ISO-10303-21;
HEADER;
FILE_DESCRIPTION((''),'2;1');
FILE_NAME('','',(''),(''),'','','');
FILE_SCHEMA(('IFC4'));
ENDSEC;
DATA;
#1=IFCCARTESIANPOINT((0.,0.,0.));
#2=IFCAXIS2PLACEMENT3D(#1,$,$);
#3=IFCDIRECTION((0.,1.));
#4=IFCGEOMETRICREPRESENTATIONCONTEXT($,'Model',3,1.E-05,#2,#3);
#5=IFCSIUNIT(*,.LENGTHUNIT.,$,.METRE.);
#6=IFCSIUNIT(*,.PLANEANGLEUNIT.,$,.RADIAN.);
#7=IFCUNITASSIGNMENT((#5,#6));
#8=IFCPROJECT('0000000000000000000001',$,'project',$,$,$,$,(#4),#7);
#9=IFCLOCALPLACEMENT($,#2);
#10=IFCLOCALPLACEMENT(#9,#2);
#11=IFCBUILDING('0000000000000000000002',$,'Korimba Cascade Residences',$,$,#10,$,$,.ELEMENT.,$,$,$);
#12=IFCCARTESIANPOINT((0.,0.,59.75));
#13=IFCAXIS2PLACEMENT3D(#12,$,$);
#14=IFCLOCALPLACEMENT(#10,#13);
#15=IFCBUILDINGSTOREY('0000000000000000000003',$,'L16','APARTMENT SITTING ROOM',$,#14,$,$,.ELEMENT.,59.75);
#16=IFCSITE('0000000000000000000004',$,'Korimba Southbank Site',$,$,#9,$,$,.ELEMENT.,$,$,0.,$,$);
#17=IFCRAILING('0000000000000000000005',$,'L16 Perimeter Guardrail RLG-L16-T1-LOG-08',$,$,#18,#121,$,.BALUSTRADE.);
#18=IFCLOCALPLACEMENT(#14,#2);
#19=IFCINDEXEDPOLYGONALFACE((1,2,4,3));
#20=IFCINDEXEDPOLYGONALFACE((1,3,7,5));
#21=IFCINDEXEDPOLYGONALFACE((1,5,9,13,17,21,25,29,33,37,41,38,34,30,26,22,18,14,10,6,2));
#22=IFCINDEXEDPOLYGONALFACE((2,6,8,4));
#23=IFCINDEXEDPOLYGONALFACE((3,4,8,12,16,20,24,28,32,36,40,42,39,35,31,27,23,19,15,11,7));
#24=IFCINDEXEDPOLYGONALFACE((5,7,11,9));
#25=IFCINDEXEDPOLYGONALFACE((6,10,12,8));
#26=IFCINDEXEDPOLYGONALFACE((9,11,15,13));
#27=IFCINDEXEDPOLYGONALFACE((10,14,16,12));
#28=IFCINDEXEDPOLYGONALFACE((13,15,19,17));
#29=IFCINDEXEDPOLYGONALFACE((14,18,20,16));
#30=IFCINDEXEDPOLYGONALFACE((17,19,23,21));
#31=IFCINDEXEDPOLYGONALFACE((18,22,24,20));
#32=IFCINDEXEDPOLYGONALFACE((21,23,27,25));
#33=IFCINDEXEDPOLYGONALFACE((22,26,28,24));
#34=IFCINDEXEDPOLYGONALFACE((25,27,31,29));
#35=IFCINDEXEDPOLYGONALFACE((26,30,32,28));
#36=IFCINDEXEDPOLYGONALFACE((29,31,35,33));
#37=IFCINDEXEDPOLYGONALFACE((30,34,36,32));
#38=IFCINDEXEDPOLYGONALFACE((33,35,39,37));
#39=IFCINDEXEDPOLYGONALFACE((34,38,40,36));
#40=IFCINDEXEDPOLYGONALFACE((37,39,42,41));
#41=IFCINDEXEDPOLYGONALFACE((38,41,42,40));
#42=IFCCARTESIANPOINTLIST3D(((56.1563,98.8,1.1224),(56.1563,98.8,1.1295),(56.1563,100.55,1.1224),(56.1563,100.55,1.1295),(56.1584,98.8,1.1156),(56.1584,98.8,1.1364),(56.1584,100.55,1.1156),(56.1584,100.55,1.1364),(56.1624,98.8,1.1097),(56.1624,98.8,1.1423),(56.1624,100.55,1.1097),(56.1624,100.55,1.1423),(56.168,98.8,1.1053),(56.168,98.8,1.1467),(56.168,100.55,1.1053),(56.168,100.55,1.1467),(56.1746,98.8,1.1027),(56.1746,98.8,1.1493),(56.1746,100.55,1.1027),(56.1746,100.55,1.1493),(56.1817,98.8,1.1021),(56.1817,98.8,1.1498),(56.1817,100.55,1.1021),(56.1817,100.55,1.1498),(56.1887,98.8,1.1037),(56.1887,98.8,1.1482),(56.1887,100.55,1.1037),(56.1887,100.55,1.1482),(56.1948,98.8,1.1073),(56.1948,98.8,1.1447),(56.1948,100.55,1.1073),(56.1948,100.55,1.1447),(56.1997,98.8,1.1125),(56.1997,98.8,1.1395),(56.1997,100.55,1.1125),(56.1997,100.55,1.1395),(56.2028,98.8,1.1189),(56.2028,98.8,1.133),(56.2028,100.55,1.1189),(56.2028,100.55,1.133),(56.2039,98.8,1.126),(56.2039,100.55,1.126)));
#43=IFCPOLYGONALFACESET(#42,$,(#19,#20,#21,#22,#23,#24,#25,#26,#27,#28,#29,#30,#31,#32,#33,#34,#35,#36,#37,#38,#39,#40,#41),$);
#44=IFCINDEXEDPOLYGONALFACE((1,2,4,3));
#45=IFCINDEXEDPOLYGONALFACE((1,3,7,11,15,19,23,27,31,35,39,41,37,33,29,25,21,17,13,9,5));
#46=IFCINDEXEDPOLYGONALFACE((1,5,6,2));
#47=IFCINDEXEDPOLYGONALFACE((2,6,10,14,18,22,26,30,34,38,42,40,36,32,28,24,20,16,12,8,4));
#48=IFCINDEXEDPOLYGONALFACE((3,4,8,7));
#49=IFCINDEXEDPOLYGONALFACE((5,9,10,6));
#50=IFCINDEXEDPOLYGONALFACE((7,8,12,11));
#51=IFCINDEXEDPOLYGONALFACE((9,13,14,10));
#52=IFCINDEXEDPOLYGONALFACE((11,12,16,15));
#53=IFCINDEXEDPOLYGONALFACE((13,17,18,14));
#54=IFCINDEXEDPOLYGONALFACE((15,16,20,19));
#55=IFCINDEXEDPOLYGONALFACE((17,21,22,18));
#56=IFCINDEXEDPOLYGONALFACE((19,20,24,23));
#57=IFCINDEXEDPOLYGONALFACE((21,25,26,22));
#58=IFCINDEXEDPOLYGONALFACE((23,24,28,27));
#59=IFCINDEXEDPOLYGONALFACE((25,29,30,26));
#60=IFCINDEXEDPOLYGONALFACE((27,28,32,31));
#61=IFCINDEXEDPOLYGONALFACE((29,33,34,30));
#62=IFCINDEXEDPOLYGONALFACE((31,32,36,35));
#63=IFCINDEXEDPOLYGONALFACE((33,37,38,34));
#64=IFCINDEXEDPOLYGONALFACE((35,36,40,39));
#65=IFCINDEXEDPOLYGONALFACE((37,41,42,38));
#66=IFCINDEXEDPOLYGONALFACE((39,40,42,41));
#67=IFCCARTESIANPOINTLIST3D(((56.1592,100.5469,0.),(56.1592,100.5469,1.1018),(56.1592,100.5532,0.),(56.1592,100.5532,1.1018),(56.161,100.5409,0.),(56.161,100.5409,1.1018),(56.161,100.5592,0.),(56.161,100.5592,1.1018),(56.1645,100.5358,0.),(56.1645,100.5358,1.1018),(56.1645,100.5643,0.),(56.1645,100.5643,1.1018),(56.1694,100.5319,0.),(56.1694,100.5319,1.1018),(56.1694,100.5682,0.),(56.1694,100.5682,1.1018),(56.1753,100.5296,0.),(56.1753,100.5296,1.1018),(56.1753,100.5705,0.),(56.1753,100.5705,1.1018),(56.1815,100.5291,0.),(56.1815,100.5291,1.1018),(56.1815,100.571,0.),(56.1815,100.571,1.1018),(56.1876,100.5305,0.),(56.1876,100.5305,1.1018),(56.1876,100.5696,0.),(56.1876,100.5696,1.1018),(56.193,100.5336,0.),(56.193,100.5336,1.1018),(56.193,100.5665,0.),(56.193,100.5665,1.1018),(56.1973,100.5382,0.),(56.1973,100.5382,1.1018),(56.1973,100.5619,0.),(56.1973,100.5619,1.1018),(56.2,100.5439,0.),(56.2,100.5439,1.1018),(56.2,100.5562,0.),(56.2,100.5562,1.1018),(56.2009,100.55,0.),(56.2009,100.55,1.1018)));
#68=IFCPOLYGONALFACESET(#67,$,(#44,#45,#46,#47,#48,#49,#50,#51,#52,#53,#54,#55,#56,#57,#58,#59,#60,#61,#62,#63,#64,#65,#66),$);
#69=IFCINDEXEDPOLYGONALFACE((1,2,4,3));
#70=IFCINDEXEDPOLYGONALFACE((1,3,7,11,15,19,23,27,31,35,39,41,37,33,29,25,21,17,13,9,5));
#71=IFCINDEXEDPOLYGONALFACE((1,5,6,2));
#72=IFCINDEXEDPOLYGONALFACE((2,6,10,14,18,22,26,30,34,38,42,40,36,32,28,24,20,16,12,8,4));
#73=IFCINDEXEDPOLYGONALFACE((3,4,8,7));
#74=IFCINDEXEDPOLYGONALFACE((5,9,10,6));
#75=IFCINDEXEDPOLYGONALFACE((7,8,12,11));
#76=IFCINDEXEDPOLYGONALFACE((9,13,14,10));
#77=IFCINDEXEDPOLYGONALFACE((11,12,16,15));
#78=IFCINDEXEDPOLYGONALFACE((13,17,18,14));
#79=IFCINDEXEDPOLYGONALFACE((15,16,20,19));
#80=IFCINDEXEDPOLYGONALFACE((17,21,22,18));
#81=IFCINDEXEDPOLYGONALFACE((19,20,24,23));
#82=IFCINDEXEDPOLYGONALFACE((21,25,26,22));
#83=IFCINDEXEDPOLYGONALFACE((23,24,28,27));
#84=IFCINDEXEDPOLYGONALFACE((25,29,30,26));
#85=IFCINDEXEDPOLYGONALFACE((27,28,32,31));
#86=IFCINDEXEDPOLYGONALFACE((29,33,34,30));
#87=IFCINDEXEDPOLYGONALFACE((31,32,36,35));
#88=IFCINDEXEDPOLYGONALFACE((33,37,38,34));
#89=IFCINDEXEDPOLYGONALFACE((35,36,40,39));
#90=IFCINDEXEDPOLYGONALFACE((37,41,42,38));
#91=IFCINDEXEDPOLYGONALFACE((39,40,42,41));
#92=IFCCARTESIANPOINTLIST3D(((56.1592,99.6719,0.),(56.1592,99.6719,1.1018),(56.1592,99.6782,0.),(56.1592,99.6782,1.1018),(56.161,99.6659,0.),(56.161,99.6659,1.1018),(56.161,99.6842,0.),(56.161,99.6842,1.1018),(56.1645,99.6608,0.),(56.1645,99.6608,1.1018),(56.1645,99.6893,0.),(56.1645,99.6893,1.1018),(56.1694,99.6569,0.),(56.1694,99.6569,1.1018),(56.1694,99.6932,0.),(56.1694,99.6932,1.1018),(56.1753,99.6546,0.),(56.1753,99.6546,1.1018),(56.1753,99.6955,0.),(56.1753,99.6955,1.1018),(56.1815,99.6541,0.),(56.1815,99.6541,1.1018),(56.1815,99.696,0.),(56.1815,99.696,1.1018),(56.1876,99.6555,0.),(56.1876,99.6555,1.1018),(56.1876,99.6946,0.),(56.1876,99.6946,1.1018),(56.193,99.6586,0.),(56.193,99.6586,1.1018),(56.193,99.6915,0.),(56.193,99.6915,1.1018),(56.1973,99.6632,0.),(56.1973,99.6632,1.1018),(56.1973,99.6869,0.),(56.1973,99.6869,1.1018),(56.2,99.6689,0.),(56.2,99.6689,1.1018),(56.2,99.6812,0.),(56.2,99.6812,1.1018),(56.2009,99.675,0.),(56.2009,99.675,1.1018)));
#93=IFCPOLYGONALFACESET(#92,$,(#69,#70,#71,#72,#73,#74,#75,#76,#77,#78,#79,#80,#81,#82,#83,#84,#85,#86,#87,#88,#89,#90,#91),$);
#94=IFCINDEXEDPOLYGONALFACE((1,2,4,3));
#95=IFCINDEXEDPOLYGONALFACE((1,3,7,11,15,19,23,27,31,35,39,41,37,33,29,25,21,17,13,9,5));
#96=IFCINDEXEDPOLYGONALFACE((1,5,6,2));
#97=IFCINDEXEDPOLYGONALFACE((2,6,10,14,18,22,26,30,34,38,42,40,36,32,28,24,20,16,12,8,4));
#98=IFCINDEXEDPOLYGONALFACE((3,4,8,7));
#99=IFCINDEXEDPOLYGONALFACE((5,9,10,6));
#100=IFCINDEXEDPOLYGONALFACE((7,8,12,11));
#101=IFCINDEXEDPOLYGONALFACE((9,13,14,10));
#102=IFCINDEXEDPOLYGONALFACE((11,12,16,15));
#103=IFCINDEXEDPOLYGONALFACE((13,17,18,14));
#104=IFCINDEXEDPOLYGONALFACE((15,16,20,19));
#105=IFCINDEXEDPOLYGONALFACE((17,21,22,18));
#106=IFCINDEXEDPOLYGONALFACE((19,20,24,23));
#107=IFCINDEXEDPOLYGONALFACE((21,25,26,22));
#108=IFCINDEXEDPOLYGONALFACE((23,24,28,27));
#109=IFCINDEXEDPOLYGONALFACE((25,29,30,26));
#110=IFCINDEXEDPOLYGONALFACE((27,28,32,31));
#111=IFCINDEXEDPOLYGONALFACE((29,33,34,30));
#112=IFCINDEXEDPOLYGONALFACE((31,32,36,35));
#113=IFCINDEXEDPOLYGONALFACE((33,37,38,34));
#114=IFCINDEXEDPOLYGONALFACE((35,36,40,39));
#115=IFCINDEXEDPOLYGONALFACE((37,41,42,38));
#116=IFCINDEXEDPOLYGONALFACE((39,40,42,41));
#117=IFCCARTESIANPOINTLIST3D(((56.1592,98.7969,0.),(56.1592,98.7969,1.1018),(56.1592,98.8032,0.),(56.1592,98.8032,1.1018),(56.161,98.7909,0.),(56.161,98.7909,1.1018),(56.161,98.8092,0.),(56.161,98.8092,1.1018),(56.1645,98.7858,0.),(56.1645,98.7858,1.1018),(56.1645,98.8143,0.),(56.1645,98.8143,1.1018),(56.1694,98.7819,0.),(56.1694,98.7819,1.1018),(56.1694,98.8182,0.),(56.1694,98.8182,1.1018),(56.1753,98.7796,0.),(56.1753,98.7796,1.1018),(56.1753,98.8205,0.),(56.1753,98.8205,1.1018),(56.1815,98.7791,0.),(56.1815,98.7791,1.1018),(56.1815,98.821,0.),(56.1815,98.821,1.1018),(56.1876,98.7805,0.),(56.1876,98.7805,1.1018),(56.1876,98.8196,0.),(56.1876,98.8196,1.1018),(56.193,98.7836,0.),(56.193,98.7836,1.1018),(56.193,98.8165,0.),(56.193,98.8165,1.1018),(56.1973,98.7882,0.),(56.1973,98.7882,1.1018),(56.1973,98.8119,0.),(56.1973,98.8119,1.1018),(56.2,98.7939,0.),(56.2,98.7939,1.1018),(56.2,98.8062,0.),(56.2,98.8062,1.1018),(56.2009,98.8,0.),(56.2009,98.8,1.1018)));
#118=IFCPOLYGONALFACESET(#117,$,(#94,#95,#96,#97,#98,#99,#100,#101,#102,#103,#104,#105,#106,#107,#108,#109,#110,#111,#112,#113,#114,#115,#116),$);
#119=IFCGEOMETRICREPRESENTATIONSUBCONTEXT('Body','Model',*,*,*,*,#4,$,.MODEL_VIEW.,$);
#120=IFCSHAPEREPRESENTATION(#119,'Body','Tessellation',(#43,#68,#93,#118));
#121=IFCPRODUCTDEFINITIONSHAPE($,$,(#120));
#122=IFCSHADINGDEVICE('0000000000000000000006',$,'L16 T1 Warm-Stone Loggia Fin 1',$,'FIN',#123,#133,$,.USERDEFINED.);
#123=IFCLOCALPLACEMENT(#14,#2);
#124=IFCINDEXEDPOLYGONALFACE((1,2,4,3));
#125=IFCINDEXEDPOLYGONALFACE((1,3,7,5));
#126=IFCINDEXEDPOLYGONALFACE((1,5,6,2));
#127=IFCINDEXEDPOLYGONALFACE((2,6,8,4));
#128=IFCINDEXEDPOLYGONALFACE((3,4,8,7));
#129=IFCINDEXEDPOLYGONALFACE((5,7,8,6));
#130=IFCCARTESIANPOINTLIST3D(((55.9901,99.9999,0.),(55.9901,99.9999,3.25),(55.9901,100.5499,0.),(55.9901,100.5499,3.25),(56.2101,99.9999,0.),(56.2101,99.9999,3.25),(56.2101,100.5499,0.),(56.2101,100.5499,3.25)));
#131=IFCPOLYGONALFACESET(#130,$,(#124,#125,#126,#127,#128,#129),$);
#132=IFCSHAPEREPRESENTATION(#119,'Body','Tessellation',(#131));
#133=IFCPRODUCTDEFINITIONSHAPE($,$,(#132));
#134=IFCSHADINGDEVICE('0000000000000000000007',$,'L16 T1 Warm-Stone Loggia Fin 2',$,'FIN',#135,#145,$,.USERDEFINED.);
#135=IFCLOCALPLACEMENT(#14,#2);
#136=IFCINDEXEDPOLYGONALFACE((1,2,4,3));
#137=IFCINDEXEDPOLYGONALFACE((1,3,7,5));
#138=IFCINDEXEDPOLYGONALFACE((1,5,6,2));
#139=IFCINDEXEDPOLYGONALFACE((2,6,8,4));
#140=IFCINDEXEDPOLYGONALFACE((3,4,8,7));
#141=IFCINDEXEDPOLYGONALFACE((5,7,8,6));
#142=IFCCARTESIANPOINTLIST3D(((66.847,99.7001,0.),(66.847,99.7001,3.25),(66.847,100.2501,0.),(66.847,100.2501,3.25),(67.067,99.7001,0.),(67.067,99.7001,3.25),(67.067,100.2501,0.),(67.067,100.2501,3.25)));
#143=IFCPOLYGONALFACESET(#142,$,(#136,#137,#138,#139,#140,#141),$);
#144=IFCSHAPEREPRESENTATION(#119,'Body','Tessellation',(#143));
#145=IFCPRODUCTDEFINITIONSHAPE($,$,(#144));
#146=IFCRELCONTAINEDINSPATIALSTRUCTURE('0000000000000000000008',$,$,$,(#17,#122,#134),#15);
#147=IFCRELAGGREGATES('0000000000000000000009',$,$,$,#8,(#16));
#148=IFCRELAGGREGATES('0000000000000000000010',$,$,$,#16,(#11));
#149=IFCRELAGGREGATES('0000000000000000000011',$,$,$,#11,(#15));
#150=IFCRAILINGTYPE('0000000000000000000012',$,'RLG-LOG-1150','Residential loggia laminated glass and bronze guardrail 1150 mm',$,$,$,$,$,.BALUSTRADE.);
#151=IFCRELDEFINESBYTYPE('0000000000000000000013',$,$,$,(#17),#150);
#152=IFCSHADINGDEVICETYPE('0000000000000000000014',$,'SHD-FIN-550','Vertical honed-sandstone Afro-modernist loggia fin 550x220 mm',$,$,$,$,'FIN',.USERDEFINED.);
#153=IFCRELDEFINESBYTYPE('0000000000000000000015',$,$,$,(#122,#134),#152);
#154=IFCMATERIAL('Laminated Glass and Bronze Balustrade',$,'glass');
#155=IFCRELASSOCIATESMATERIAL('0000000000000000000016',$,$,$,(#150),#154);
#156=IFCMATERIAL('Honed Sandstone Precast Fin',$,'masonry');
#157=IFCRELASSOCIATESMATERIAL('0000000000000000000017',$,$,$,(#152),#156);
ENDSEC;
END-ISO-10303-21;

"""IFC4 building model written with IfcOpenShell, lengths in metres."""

from ifc_helpers import new_model, si_unit, direction, frame, origin, origin_2d, place, context, subcontext, project, spatial, rectangle, circle, extrude, material, type_object, element, save


model = new_model("IFC4")

# Units and contexts
model_context = context("Model", 3, precision=1e-05, world=origin(), true_north=direction((0.0, 1.0)))
body_context = subcontext(model_context, "Body", "Model", "MODEL_VIEW")
ifc_project = project(units=[si_unit("LENGTHUNIT", "METRE"), si_unit("PLANEANGLEUNIT", "RADIAN")], contexts=[model_context])

# Site, building, storey
site_placement = place(None, origin())
site = spatial("IfcSite", under=ifc_project, at=site_placement, Name="Korimba Southbank Site", CompositionType="ELEMENT", RefElevation=0.0)
building_placement = place(site_placement, origin())
building = spatial("IfcBuilding", under=site, at=building_placement, Name="Korimba Cascade Residences", CompositionType="ELEMENT")
storey_placement = place(building_placement, frame((0.0, 0.0, 59.75)))
storey = spatial("IfcBuildingStorey", under=building, at=storey_placement, Name="L16", Description="APARTMENT SITTING ROOM", CompositionType="ELEMENT", Elevation=59.75)

# Railing
ifc_material_1 = material(Name="Laminated Glass and Bronze Balustrade", Category="glass")
railing_type = type_object("IfcRailingType", Name="RLG-LOG-1150", Description="Residential loggia laminated glass and bronze guardrail 1150 mm", PredefinedType="BALUSTRADE", material=ifc_material_1)
railing_1_placement = place(storey_placement, frame((56.1799, 100.55, 0.0)))
element("IfcRailing", 1, at=railing_1_placement, inside=storey, type_object=railing_type, Name="L16 Perimeter Guardrail RLG-L16-T1-LOG-08", PredefinedType="BALUSTRADE", context=body_context, shape_type="SweptSolid", body=[
    extrude(circle(Radius=0.0239, at=origin_2d()), frame((0.0, 0.0, 1.126), z_axis=(0.0, -1.0, 0.0), x_axis=(1.0, 0.0, 0.0)), (0.0, 0.0, 1.0), 1.75),
    extrude(circle(Radius=0.021, at=origin_2d()), origin(), (0.0, 0.0, 1.0), 1.1018),
    extrude(circle(Radius=0.021, at=origin_2d()), frame((0.0, -0.875, 0.0)), (0.0, 0.0, 1.0), 1.1018),
    extrude(circle(Radius=0.021, at=origin_2d()), frame((0.0, -1.75, 0.0)), (0.0, 0.0, 1.0), 1.1018),
])

# Shading devices
ifc_material_2 = material(Name="Honed Sandstone Precast Fin", Category="masonry")
shading_device_type = type_object("IfcShadingDeviceType", Name="SHD-FIN-550", Description="Vertical honed-sandstone Afro-modernist loggia fin 550x220 mm", ElementType="FIN", PredefinedType="USERDEFINED", material=ifc_material_2)
for number, where, z_axis, x_axis, name in (
    (2, (56.1001, 100.2749, 0.0), (0.0, 0.0, 1.0), (1.0, 0.0, 0.0), "L16 T1 Warm-Stone Loggia Fin 1"),
    (3, (66.957, 99.9751, 0.0), (0.0, 0.0, 1.0), (1.0, 0.0, 0.0), "L16 T1 Warm-Stone Loggia Fin 2"),
):
    element("IfcShadingDevice", number, at=place(storey_placement, frame(where, z_axis=z_axis, x_axis=x_axis)), inside=storey, type_object=shading_device_type, Name=name, ObjectType="FIN", PredefinedType="USERDEFINED", context=body_context, shape_type="SweptSolid", body=[
        extrude(rectangle(XDim=0.22, YDim=0.55, at=origin_2d()), origin(), (0.0, 0.0, 1.0), 3.25),
    ])

save(model, "model.ifc")
